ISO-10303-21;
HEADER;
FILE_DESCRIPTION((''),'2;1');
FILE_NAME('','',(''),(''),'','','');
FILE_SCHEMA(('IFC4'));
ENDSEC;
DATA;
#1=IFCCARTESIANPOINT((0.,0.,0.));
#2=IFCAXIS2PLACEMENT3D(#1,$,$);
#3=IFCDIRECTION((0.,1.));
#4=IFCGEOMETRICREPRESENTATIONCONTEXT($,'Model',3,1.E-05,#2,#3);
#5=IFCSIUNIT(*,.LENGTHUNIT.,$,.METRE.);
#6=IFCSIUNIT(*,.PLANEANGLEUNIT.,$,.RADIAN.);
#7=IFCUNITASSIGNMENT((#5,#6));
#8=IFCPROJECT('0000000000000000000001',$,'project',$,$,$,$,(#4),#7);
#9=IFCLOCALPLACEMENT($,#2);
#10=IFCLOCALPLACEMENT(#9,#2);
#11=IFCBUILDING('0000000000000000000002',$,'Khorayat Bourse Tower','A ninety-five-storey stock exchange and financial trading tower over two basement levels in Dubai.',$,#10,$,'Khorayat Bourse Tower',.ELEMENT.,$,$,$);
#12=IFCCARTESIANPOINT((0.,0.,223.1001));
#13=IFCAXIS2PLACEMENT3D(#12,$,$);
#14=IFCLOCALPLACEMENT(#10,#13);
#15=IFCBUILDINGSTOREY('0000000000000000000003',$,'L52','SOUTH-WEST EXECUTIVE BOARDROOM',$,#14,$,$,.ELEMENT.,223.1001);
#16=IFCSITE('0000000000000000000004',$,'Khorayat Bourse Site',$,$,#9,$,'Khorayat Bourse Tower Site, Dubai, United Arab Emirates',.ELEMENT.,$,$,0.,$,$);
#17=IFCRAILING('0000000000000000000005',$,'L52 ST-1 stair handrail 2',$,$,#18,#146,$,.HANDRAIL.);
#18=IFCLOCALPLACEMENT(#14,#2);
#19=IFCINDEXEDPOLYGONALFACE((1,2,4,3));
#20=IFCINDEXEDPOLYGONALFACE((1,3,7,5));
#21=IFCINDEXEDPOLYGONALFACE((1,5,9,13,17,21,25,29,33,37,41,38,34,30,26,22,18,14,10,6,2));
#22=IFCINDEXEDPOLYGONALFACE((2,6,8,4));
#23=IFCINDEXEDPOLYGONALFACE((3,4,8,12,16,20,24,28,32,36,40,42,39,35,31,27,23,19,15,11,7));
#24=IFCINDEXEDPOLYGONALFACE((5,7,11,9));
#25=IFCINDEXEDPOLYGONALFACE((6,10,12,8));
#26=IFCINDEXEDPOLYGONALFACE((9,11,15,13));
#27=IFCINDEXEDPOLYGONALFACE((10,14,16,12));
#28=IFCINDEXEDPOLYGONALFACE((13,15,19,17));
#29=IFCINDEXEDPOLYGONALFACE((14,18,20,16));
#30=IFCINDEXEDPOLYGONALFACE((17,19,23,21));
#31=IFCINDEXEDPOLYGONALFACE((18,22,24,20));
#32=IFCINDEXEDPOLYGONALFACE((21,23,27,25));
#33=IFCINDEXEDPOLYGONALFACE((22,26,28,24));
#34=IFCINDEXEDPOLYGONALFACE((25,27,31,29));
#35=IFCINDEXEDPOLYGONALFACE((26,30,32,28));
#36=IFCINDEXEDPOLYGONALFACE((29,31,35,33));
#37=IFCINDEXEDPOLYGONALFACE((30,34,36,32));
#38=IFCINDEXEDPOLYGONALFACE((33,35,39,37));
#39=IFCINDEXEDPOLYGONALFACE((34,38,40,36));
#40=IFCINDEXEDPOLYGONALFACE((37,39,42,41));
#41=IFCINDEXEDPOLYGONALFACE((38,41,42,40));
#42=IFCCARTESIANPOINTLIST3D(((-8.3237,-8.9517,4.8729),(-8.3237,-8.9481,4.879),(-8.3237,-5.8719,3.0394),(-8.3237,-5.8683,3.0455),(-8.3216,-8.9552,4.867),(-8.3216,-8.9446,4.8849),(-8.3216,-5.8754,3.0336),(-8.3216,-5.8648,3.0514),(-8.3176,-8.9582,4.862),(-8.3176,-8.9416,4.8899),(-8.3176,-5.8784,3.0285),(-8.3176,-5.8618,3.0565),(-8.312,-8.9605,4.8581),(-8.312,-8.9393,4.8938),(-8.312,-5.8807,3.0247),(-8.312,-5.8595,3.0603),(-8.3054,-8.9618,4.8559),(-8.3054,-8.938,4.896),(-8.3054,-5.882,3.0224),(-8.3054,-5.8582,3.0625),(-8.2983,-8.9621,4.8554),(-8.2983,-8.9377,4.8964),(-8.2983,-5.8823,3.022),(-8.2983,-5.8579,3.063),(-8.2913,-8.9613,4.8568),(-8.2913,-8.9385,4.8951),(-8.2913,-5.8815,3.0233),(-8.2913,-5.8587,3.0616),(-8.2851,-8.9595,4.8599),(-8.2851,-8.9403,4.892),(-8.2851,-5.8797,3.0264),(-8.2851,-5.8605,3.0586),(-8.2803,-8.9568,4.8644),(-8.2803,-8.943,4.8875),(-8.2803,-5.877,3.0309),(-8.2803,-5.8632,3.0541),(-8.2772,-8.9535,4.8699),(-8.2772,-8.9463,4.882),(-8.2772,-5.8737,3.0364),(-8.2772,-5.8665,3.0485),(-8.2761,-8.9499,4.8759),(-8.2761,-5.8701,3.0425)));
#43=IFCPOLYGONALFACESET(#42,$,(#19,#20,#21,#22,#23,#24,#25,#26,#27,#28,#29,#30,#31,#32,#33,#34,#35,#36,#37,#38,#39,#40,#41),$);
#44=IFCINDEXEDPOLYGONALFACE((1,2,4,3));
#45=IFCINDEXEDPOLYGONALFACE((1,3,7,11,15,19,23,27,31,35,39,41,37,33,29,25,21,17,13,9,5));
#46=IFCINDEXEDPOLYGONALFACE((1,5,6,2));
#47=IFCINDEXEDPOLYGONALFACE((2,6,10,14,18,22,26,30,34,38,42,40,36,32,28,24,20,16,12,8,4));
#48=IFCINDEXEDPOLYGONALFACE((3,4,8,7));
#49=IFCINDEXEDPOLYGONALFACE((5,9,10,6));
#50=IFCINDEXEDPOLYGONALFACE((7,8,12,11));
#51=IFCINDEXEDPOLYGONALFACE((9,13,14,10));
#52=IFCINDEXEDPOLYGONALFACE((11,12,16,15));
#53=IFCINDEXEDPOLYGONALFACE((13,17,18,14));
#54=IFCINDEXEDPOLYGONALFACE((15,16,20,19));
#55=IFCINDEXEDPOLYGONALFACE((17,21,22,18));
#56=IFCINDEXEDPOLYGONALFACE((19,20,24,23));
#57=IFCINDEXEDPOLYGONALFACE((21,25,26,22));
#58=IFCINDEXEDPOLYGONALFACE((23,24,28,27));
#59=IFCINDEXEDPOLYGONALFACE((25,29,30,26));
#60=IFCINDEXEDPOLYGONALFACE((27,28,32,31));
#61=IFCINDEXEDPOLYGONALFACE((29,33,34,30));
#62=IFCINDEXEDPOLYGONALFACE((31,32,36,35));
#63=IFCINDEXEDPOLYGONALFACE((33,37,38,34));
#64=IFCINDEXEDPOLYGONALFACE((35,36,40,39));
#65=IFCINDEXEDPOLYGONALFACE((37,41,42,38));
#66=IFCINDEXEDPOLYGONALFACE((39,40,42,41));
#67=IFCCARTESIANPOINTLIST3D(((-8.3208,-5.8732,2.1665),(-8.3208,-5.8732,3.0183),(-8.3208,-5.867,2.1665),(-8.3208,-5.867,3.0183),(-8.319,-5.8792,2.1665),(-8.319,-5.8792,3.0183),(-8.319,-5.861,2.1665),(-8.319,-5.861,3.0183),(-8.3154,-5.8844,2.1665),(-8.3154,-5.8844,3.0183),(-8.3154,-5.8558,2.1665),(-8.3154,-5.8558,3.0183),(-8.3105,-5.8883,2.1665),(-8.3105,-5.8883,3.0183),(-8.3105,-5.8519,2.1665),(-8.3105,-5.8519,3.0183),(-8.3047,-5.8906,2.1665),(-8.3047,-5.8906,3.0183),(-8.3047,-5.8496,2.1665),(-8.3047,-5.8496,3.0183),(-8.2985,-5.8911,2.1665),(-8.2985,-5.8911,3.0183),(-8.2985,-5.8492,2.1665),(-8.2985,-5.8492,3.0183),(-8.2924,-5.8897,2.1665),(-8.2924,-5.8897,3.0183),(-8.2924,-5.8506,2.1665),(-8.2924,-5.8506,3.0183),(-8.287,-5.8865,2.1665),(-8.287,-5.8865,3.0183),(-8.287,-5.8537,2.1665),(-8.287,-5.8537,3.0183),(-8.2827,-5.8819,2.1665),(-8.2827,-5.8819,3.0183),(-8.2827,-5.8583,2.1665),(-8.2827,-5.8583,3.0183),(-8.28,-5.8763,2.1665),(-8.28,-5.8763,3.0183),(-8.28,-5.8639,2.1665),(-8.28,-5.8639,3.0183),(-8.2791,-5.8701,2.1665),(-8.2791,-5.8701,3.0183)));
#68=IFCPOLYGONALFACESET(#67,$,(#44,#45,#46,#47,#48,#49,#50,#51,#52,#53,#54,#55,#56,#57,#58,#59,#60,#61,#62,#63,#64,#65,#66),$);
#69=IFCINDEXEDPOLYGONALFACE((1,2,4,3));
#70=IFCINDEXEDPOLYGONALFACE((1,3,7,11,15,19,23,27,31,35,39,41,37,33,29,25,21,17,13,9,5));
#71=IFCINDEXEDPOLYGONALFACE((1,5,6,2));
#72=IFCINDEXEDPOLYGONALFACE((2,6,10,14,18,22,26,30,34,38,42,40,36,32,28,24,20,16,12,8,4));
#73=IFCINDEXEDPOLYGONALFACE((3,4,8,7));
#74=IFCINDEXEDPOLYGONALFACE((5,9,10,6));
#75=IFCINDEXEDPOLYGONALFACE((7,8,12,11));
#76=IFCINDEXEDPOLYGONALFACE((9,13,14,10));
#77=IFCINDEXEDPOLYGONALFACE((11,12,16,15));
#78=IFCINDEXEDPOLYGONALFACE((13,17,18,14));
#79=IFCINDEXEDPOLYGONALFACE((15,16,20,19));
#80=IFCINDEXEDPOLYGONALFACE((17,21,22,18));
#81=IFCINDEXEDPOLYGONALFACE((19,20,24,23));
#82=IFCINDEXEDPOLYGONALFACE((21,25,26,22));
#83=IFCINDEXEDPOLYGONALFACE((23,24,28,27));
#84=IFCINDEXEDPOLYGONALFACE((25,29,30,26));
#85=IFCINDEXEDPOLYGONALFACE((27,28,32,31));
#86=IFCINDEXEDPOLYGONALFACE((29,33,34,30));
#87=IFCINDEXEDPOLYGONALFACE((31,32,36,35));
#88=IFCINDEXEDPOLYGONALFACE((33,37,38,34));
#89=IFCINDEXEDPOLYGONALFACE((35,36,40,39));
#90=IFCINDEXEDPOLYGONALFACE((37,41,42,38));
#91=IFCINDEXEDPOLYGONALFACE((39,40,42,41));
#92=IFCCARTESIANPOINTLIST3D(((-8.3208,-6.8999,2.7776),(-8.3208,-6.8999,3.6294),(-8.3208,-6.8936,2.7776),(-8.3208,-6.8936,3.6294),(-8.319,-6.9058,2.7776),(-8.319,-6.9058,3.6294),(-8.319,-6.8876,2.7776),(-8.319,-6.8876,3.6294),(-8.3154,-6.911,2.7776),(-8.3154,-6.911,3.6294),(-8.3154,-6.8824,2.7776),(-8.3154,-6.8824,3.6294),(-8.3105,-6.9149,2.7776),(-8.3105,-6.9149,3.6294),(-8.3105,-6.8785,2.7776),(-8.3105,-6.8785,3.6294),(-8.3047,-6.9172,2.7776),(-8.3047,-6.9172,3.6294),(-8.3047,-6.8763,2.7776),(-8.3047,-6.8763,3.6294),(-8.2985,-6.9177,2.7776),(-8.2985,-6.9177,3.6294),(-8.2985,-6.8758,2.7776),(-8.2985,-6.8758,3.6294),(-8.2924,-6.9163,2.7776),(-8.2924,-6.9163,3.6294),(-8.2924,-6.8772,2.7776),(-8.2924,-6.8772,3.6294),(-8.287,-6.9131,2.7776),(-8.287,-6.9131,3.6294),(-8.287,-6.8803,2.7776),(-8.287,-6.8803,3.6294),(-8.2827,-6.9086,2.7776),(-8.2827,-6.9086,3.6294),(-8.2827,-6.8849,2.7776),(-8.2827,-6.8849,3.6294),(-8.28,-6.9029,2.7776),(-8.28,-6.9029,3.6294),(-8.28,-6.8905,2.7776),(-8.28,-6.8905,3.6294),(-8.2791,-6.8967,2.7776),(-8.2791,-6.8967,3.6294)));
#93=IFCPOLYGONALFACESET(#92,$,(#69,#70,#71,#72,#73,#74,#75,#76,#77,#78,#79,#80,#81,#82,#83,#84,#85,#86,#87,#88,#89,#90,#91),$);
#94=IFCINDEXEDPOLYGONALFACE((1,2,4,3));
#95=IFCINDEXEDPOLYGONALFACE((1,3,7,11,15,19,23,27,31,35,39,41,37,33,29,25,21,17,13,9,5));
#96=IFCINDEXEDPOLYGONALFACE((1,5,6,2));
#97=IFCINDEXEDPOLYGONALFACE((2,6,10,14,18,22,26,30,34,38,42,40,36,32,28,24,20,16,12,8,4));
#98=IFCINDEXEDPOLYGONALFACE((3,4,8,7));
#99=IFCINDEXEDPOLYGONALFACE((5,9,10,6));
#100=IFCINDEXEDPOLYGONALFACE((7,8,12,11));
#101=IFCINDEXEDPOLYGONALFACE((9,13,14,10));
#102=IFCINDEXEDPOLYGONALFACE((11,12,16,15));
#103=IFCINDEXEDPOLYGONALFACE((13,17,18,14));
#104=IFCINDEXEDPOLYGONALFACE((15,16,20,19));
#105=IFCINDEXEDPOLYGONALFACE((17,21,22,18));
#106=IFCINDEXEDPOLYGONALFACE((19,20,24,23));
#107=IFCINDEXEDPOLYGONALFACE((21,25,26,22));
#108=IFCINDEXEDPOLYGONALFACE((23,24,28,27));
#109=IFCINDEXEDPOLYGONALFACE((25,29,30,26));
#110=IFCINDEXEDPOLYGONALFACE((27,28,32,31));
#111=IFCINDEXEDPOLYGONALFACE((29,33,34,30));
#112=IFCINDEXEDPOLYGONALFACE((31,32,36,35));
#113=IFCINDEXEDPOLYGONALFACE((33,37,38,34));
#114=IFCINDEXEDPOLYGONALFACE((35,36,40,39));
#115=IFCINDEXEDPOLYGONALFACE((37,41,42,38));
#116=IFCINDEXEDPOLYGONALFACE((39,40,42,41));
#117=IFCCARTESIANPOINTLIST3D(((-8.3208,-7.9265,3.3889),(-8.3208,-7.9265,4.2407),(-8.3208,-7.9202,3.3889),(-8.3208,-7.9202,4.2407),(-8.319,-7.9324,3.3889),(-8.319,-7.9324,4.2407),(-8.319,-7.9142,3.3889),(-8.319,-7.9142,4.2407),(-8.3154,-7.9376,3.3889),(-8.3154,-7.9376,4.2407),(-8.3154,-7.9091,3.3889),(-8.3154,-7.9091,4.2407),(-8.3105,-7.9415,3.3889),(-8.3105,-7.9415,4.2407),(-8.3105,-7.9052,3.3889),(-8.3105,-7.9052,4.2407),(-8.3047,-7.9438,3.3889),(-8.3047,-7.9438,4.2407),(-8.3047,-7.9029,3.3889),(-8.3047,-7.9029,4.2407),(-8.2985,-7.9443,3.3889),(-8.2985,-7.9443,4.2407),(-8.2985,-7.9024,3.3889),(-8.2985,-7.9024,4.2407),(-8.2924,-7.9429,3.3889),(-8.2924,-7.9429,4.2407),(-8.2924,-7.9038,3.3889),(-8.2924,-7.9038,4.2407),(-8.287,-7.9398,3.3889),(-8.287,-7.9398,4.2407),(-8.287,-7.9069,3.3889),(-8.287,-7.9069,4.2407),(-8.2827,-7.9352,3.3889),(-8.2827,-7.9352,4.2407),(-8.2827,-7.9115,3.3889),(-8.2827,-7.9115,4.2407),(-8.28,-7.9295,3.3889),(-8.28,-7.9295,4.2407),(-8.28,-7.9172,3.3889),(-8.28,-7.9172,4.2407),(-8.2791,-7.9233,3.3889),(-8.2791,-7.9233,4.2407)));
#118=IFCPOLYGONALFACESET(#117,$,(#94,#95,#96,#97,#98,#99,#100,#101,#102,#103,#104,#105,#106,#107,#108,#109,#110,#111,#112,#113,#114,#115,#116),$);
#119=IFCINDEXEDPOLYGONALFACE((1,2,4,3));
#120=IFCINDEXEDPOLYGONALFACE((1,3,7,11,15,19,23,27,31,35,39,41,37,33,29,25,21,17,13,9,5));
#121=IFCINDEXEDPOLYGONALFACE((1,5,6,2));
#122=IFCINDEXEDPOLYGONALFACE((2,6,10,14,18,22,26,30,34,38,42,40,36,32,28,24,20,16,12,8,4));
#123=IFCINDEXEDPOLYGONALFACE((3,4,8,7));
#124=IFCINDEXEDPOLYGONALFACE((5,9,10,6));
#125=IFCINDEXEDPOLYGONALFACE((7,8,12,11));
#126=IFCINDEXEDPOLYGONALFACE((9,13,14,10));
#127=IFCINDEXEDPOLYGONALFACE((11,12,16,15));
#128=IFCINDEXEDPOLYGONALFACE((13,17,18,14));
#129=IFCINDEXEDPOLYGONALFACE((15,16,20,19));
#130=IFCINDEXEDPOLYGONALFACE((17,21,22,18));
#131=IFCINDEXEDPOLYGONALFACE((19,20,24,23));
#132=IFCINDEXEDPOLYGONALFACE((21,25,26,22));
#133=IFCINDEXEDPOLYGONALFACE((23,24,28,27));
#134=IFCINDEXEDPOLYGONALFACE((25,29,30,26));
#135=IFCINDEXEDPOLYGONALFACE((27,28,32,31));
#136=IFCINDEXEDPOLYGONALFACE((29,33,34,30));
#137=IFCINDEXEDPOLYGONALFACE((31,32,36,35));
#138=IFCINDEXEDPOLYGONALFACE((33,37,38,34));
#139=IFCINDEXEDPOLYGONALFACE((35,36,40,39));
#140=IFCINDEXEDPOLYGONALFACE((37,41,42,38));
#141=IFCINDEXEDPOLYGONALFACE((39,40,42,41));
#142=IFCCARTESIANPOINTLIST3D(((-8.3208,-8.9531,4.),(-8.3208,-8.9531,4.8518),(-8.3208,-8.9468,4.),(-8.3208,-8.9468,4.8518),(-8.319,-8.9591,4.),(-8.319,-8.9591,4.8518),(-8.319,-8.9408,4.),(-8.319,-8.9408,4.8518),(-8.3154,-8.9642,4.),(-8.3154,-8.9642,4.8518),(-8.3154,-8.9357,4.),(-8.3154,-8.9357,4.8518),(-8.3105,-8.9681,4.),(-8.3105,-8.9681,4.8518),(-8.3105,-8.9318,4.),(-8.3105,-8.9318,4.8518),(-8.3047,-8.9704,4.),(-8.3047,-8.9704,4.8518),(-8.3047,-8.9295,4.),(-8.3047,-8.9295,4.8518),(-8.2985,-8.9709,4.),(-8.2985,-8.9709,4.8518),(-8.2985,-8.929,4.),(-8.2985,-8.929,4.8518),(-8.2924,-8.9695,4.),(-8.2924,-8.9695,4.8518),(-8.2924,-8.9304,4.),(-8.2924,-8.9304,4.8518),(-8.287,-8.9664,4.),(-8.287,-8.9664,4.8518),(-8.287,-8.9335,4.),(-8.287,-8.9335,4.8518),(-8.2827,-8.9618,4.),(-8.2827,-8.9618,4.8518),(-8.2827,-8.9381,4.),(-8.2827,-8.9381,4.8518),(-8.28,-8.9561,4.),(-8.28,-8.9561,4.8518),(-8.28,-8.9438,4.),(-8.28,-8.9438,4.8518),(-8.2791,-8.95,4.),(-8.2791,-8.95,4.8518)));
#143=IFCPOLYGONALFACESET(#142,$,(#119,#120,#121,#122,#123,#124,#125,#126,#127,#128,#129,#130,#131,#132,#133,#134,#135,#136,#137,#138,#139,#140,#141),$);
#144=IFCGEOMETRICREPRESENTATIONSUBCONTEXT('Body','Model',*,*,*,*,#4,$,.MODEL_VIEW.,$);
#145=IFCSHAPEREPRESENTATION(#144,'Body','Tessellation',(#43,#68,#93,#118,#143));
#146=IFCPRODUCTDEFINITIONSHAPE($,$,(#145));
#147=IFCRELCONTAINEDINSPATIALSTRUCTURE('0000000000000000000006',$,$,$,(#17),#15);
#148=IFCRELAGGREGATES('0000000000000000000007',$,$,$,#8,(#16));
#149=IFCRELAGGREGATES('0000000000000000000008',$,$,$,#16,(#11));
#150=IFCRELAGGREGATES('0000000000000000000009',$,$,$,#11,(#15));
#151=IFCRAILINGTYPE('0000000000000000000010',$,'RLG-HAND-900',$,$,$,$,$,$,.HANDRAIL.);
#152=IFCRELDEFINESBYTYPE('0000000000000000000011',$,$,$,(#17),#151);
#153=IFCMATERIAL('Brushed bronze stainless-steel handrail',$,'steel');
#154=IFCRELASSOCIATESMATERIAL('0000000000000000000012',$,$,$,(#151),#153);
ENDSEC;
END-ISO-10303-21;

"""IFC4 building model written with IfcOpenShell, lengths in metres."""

from ifc_helpers import new_model, si_unit, direction, frame, origin, origin_2d, place, context, subcontext, project, spatial, circle, extrude, source, transform, mapped, material, type_object, element, save


model = new_model("IFC4")

# Units and contexts
model_context = context("Model", 3, precision=1e-05, world=origin(), true_north=direction((0.0, 1.0)))
body_context = subcontext(model_context, "Body", "Model", "MODEL_VIEW")
ifc_project = project(units=[si_unit("LENGTHUNIT", "METRE"), si_unit("PLANEANGLEUNIT", "RADIAN")], contexts=[model_context])

# Site, building, storey
site_placement = place(None, origin())
site = spatial("IfcSite", under=ifc_project, at=site_placement, Name="Khorayat Bourse Site", LongName="Khorayat Bourse Tower Site, Dubai, United Arab Emirates", CompositionType="ELEMENT", RefElevation=0.0)
building_placement = place(site_placement, origin())
building = spatial("IfcBuilding", under=site, at=building_placement, Name="Khorayat Bourse Tower", Description="A ninety-five-storey stock exchange and financial trading tower over two basement levels in Dubai.", LongName="Khorayat Bourse Tower", CompositionType="ELEMENT")
storey_placement = place(building_placement, frame((0.0, 0.0, 223.1001)))
storey = spatial("IfcBuildingStorey", under=building, at=storey_placement, Name="L52", Description="SOUTH-WEST EXECUTIVE BOARDROOM", CompositionType="ELEMENT", Elevation=223.1001)

# Railing
ifc_material_1 = material(Name="Brushed bronze stainless-steel handrail", Category="steel")
railing_type_1 = type_object("IfcRailingType", Name="RLG-HAND-900", PredefinedType="HANDRAIL", material=ifc_material_1)
shared_shape_1 = source(origin(), body_context, "Body", "SweptSolid", [
    extrude(circle(Radius=0.0239, at=origin_2d()), frame((0.0, 0.0, 0.876), z_axis=(0.0, -0.859261, 0.511538), x_axis=(1.0, 0.0, 0.0)), (0.0, 0.0, 1.0), 3.5842),
    extrude(circle(Radius=0.021, at=origin_2d()), origin(), (0.0, 0.0, 1.0), 0.8518),
    extrude(circle(Radius=0.021, at=origin_2d()), frame((0.0, -1.0266, 0.6111)), (0.0, 0.0, 1.0), 0.8518),
    extrude(circle(Radius=0.021, at=origin_2d()), frame((0.0, -2.0532, 1.2224)), (0.0, 0.0, 1.0), 0.8518),
    extrude(circle(Radius=0.021, at=origin_2d()), frame((0.0, -3.0798, 1.8335)), (0.0, 0.0, 1.0), 0.8518),
])
railing_1_placement = place(storey_placement, frame((-8.3, -5.8701, 2.1665)))
element("IfcRailing", 1, at=railing_1_placement, inside=storey, type_object=railing_type_1, Name="L52 ST-1 stair handrail 2", PredefinedType="HANDRAIL", context=body_context, shape_type="MappedRepresentation", body=[
    mapped(shared_shape_1, transform((0.0, 0.0, 0.0), scale=1.0)),
])

save(model, "model.ifc")
